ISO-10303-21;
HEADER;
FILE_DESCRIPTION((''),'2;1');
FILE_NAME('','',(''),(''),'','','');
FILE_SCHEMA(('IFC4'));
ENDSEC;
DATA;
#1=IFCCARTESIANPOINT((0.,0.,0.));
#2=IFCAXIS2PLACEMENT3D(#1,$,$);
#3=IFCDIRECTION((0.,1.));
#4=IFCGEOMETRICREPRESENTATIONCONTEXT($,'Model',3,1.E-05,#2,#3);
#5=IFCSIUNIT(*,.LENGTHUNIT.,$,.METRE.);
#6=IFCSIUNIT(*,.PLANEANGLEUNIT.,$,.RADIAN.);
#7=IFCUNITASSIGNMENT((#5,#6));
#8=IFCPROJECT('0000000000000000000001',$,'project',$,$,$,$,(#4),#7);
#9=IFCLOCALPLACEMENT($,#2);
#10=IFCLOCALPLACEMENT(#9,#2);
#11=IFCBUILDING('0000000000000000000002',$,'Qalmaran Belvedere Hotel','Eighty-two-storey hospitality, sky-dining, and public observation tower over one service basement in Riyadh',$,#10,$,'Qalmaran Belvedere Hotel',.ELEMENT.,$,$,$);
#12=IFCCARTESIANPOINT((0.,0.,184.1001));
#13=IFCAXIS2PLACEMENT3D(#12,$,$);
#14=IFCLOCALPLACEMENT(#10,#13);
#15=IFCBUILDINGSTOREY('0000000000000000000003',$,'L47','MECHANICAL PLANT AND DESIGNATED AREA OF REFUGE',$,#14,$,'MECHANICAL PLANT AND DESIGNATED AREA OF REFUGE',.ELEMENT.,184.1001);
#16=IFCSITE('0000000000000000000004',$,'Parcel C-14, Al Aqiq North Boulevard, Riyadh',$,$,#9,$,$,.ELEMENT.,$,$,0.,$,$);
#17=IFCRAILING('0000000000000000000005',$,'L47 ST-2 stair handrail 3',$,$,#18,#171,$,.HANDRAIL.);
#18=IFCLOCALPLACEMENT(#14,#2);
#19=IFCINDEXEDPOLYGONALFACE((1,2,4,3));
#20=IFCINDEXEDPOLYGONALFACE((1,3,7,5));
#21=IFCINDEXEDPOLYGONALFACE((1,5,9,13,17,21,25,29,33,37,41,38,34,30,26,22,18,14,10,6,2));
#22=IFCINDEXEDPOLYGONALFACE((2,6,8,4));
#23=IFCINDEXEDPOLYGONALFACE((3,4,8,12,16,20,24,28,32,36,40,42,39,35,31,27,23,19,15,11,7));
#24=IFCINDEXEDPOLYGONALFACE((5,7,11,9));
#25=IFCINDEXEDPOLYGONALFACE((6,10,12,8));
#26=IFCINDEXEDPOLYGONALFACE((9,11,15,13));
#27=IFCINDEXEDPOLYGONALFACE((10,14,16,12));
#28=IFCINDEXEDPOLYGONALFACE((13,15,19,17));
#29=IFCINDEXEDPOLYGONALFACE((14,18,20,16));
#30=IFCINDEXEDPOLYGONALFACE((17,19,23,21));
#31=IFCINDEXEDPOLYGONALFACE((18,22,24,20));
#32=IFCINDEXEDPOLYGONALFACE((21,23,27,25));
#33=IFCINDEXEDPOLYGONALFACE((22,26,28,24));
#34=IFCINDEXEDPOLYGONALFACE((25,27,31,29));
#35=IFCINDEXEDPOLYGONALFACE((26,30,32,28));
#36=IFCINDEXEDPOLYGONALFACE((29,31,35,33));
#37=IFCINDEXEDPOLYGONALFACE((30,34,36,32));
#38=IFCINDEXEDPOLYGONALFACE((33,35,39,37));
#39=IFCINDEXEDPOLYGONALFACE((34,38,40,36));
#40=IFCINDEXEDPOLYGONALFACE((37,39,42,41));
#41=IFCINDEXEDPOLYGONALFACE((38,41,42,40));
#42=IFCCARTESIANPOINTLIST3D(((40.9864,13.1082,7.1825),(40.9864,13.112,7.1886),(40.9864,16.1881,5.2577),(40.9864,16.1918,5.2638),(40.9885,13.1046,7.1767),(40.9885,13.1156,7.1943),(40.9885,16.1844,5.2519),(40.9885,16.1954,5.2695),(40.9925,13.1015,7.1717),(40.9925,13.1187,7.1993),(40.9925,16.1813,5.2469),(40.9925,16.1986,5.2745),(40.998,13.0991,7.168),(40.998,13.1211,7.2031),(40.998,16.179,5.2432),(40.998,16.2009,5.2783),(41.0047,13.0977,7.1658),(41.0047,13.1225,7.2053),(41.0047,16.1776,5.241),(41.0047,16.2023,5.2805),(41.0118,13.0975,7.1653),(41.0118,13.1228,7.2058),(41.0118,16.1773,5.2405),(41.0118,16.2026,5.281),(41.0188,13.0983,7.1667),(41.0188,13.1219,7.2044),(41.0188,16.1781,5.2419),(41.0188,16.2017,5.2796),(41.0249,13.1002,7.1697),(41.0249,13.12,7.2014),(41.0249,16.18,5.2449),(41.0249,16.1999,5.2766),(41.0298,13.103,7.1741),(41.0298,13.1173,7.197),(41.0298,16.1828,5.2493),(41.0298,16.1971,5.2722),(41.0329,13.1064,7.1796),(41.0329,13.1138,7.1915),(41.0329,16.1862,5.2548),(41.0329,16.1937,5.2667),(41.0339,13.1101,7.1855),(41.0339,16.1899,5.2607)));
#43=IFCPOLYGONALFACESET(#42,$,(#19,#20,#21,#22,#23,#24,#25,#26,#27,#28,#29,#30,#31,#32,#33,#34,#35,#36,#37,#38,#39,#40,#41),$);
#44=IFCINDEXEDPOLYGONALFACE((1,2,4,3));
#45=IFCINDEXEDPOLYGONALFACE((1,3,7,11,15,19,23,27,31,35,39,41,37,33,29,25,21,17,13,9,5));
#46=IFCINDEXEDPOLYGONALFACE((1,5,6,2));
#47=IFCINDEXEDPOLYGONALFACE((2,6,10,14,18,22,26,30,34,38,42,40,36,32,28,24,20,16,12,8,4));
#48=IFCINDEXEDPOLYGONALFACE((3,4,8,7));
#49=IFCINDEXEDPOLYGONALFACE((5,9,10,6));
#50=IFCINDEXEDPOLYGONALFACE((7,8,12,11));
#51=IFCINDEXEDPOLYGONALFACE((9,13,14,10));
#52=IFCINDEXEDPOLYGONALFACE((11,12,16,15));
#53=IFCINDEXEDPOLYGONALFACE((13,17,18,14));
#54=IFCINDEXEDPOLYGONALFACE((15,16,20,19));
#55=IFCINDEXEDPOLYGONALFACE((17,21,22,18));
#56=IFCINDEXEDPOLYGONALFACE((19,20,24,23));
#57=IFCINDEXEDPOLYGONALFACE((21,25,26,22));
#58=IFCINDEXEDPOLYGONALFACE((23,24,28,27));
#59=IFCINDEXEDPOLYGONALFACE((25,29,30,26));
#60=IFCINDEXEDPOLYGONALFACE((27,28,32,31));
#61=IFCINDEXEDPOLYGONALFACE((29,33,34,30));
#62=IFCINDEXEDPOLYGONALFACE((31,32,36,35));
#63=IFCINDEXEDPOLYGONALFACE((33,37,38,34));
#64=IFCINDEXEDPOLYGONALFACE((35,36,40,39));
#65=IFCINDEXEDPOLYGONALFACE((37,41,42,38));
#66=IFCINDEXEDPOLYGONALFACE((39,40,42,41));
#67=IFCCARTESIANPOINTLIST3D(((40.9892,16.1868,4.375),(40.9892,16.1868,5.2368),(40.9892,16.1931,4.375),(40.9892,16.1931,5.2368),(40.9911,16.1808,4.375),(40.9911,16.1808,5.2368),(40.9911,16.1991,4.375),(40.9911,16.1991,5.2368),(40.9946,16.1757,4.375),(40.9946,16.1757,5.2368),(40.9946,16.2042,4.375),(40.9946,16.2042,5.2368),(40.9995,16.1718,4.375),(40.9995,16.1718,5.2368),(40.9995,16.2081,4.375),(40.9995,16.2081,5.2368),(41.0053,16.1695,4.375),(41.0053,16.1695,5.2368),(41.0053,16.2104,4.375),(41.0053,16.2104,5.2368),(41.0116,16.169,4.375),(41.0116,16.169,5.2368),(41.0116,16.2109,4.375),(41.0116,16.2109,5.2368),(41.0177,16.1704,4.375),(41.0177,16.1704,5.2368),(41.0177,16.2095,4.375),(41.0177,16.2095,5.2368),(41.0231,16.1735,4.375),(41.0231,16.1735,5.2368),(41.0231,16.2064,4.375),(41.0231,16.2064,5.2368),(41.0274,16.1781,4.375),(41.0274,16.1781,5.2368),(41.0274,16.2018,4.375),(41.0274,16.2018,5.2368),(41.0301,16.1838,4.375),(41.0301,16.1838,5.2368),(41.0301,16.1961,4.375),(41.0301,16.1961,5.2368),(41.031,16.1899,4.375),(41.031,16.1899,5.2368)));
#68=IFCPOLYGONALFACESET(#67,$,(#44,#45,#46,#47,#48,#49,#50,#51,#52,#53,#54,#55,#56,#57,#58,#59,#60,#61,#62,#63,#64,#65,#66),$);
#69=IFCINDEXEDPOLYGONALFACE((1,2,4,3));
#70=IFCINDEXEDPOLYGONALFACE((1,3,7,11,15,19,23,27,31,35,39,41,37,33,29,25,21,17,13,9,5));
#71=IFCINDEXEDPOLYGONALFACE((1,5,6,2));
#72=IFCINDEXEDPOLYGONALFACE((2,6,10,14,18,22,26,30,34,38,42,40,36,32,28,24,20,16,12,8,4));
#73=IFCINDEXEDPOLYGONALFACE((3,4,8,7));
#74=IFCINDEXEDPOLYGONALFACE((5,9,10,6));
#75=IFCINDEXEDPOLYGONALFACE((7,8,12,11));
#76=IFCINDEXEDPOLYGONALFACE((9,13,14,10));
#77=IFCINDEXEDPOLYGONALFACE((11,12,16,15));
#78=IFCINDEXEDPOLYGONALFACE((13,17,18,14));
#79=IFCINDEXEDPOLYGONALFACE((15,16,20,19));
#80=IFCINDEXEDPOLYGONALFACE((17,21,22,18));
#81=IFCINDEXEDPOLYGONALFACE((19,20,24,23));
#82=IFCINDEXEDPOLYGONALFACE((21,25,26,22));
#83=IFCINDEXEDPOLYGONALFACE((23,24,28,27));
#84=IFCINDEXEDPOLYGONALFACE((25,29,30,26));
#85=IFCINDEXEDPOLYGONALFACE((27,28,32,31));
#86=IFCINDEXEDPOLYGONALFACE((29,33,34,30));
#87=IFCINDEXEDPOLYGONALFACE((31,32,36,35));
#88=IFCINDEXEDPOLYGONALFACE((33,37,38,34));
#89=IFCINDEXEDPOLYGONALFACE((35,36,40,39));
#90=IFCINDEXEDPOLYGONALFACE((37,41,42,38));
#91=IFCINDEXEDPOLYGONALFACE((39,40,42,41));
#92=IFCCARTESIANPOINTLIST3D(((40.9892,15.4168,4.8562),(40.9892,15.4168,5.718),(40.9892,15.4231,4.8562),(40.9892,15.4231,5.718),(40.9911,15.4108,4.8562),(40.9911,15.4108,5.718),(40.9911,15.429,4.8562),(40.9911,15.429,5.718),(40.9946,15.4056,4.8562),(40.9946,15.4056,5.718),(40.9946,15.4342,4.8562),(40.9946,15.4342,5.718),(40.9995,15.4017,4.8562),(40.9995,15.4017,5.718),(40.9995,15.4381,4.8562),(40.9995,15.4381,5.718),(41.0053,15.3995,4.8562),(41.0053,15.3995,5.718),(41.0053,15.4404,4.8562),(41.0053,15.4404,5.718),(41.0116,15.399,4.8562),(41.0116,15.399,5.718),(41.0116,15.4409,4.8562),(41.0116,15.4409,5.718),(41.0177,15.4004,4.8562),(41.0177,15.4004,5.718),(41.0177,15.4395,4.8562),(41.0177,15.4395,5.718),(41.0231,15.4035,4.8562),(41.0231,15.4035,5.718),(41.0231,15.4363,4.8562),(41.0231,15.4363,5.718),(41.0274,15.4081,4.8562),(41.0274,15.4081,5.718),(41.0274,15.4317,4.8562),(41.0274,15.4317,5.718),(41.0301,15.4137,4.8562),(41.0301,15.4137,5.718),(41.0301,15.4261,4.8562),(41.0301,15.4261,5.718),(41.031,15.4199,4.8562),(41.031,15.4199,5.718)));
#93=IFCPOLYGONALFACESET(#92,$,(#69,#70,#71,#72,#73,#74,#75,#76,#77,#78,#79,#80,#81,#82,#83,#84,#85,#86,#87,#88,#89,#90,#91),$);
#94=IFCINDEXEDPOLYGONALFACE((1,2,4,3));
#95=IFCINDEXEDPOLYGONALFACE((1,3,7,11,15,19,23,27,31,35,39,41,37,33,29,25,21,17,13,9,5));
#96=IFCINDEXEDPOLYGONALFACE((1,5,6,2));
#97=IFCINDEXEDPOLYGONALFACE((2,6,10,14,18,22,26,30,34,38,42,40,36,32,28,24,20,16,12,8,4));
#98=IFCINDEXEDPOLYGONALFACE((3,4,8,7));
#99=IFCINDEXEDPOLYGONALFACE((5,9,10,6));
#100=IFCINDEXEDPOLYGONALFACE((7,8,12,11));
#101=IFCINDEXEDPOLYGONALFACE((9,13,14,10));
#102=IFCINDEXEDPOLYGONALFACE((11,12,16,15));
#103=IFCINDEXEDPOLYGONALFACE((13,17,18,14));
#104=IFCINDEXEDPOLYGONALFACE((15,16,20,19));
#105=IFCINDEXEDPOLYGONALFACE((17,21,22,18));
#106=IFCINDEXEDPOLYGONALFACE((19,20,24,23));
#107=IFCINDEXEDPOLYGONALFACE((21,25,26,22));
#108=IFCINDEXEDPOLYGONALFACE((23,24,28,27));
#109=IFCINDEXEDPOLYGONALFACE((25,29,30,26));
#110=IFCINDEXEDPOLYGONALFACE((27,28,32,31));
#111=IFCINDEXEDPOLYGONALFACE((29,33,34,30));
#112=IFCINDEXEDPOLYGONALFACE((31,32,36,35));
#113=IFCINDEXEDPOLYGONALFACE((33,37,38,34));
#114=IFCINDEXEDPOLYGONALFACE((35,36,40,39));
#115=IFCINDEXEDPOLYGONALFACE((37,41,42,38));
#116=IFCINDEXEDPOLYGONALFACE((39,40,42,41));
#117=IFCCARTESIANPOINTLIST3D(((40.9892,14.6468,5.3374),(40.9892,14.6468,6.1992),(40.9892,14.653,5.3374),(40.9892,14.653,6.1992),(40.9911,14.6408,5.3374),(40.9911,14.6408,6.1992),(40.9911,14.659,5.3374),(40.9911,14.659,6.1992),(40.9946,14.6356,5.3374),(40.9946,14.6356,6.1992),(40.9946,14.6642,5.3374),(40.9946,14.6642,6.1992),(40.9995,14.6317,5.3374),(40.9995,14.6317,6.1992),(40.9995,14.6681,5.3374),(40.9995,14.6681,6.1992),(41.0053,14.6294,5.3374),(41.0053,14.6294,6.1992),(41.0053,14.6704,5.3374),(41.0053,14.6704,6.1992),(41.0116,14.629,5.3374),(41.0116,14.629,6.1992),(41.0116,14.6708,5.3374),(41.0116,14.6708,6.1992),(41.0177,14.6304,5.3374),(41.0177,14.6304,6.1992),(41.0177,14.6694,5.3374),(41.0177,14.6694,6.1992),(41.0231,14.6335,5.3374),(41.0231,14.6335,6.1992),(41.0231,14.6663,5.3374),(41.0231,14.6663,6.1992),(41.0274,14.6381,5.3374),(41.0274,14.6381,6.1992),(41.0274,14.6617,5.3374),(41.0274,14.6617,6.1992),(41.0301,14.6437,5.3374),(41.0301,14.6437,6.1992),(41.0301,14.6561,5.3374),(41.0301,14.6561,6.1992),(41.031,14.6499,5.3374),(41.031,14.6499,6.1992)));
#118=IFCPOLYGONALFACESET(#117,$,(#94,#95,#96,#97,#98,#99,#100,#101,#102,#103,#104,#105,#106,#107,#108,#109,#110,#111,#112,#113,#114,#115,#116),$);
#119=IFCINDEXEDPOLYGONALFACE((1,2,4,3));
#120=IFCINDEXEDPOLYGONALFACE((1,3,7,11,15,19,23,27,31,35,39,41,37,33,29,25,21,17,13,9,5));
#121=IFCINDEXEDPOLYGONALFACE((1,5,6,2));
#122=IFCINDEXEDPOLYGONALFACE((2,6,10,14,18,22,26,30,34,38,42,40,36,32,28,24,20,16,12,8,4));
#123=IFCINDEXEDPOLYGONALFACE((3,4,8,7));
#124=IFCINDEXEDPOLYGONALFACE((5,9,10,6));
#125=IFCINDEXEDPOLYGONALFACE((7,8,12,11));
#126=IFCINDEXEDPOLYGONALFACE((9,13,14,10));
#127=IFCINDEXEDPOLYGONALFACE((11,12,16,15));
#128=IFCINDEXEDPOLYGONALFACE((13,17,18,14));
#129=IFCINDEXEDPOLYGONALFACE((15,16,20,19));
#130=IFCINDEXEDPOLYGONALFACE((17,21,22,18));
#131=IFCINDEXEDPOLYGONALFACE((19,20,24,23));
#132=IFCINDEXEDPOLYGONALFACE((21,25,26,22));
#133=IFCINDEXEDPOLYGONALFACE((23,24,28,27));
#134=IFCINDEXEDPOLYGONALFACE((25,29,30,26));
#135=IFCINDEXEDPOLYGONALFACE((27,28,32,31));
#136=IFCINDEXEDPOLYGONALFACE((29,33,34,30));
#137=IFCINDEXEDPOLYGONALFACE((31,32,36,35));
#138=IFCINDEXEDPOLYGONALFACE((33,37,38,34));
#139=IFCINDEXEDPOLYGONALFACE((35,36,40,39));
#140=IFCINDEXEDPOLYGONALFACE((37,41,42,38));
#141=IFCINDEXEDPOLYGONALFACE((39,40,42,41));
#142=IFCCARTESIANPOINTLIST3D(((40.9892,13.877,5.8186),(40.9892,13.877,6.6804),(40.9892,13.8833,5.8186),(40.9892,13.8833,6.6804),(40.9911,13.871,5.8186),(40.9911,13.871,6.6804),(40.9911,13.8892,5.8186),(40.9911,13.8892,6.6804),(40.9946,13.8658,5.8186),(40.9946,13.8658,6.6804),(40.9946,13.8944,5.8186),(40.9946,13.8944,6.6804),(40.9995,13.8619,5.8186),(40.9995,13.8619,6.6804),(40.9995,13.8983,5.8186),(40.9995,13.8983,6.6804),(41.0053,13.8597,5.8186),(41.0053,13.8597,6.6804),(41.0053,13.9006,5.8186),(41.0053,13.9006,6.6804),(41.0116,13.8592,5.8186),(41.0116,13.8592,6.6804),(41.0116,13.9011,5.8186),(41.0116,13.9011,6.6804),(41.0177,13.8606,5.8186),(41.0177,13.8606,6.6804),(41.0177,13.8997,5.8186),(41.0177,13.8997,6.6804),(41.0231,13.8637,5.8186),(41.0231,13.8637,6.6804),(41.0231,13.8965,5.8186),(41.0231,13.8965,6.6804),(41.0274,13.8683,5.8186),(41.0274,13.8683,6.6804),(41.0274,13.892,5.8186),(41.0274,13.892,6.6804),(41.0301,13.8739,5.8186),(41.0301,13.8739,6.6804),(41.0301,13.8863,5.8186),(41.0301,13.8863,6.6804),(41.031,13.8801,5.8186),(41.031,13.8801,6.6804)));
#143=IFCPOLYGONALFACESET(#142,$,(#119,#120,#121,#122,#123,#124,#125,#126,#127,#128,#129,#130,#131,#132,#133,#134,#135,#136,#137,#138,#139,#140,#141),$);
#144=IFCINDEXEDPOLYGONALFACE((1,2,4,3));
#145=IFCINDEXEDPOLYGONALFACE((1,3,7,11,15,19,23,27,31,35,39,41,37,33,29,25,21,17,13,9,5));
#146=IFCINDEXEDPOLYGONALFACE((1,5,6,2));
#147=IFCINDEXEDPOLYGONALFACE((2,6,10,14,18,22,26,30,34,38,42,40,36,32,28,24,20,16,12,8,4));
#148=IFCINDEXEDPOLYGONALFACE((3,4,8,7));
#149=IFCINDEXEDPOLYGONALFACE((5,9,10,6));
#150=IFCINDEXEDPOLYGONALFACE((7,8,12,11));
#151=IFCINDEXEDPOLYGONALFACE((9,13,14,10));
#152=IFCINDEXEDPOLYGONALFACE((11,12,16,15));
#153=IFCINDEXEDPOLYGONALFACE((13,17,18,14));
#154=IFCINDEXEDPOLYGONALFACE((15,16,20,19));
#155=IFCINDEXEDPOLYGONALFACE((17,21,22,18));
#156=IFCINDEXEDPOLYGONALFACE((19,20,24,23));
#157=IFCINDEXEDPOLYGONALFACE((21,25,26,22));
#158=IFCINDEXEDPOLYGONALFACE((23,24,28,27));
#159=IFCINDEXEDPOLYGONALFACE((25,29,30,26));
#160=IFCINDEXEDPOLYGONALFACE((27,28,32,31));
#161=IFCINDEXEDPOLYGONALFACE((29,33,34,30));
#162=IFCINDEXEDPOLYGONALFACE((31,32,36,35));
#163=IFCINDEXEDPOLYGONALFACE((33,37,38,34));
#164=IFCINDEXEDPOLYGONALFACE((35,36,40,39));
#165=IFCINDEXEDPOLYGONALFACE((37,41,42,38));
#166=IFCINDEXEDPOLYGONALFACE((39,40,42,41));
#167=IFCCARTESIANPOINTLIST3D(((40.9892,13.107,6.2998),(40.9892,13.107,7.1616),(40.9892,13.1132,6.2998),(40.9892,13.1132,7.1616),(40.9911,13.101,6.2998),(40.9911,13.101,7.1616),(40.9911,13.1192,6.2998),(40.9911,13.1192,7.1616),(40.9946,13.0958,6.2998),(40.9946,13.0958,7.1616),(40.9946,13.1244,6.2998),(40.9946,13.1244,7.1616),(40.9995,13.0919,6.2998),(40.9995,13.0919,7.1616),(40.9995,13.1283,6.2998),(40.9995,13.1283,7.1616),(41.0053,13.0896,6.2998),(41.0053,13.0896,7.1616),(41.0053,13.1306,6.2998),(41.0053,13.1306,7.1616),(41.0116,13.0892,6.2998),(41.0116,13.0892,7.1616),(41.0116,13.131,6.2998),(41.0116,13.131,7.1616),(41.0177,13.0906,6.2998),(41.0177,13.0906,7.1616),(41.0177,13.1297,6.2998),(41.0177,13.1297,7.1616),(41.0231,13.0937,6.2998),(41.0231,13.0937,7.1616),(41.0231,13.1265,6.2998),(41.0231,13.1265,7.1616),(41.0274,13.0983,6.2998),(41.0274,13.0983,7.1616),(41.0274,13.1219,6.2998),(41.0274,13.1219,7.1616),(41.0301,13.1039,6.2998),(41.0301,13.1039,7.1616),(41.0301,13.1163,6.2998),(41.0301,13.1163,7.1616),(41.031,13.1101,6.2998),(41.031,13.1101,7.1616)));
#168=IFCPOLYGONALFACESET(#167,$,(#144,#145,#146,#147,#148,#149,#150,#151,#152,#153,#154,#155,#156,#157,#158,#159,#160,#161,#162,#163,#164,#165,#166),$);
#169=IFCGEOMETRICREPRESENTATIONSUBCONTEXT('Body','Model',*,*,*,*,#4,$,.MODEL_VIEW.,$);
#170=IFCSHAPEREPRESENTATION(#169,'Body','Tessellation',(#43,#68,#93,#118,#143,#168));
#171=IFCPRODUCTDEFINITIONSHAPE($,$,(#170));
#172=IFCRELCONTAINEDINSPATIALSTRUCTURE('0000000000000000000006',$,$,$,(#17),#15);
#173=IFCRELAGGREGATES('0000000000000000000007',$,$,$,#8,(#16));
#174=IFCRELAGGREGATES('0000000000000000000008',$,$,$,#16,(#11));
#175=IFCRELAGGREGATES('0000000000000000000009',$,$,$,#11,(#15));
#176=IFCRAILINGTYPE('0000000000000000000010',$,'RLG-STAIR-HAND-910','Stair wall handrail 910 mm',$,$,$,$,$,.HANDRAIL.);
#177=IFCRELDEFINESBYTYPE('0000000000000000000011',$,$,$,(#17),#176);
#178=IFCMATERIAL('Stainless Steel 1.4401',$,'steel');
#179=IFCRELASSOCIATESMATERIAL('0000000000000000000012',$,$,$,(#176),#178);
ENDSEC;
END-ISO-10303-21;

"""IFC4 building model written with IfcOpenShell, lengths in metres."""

from ifc_helpers import new_model, si_unit, direction, frame, origin, origin_2d, place, context, subcontext, project, spatial, circle, extrude, material, type_object, element, save


model = new_model("IFC4")

# Units and contexts
model_context = context("Model", 3, precision=1e-05, world=origin(), true_north=direction((0.0, 1.0)))
body_context = subcontext(model_context, "Body", "Model", "MODEL_VIEW")
ifc_project = project(units=[si_unit("LENGTHUNIT", "METRE"), si_unit("PLANEANGLEUNIT", "RADIAN")], contexts=[model_context])

# Site, building, storey
site_placement = place(None, origin())
site = spatial("IfcSite", under=ifc_project, at=site_placement, Name="Parcel C-14, Al Aqiq North Boulevard, Riyadh", CompositionType="ELEMENT", RefElevation=0.0)
building_placement = place(site_placement, origin())
building = spatial("IfcBuilding", under=site, at=building_placement, Name="Qalmaran Belvedere Hotel", Description="Eighty-two-storey hospitality, sky-dining, and public observation tower over one service basement in Riyadh", LongName="Qalmaran Belvedere Hotel", CompositionType="ELEMENT")
storey_placement = place(building_placement, frame((0.0, 0.0, 184.1001)))
storey = spatial("IfcBuildingStorey", under=building, at=storey_placement, Name="L47", Description="MECHANICAL PLANT AND DESIGNATED AREA OF REFUGE", LongName="MECHANICAL PLANT AND DESIGNATED AREA OF REFUGE", CompositionType="ELEMENT", Elevation=184.1001)

# Shared definitions
ifc_material_1 = material(Name="Stainless Steel 1.4401", Category="steel")

# Railing
railing_type_1 = type_object("IfcRailingType", Name="RLG-STAIR-HAND-910", Description="Stair wall handrail 910 mm", PredefinedType="HANDRAIL", material=ifc_material_1)
railing_1_placement = place(storey_placement, frame((41.01, 16.1899, 4.375)))
element("IfcRailing", 1, at=railing_1_placement, inside=storey, type_object=railing_type_1, Name="L47 ST-2 stair handrail 3", PredefinedType="HANDRAIL", context=body_context, shape_type="SweptSolid", body=[
    extrude(circle(Radius=0.0239, at=origin_2d()), frame((0.0, 0.0, 0.8857), z_axis=(0.0, -0.84801, 0.529981), x_axis=(1.0, 0.0, 0.0)), (0.0, 0.0, 1.0), 3.6318),
    extrude(circle(Radius=0.021, at=origin_2d()), origin(), (0.0, 0.0, 1.0), 0.8618),
    extrude(circle(Radius=0.021, at=origin_2d()), frame((0.0, -0.77, 0.4812)), (0.0, 0.0, 1.0), 0.8618),
    extrude(circle(Radius=0.021, at=origin_2d()), frame((0.0, -1.54, 0.9624)), (0.0, 0.0, 1.0), 0.8618),
    extrude(circle(Radius=0.021, at=origin_2d()), frame((0.0, -2.3098, 1.4436)), (0.0, 0.0, 1.0), 0.8618),
    extrude(circle(Radius=0.021, at=origin_2d()), frame((0.0, -3.0798, 1.9248)), (0.0, 0.0, 1.0), 0.8618),
])

save(model, "model.ifc")
